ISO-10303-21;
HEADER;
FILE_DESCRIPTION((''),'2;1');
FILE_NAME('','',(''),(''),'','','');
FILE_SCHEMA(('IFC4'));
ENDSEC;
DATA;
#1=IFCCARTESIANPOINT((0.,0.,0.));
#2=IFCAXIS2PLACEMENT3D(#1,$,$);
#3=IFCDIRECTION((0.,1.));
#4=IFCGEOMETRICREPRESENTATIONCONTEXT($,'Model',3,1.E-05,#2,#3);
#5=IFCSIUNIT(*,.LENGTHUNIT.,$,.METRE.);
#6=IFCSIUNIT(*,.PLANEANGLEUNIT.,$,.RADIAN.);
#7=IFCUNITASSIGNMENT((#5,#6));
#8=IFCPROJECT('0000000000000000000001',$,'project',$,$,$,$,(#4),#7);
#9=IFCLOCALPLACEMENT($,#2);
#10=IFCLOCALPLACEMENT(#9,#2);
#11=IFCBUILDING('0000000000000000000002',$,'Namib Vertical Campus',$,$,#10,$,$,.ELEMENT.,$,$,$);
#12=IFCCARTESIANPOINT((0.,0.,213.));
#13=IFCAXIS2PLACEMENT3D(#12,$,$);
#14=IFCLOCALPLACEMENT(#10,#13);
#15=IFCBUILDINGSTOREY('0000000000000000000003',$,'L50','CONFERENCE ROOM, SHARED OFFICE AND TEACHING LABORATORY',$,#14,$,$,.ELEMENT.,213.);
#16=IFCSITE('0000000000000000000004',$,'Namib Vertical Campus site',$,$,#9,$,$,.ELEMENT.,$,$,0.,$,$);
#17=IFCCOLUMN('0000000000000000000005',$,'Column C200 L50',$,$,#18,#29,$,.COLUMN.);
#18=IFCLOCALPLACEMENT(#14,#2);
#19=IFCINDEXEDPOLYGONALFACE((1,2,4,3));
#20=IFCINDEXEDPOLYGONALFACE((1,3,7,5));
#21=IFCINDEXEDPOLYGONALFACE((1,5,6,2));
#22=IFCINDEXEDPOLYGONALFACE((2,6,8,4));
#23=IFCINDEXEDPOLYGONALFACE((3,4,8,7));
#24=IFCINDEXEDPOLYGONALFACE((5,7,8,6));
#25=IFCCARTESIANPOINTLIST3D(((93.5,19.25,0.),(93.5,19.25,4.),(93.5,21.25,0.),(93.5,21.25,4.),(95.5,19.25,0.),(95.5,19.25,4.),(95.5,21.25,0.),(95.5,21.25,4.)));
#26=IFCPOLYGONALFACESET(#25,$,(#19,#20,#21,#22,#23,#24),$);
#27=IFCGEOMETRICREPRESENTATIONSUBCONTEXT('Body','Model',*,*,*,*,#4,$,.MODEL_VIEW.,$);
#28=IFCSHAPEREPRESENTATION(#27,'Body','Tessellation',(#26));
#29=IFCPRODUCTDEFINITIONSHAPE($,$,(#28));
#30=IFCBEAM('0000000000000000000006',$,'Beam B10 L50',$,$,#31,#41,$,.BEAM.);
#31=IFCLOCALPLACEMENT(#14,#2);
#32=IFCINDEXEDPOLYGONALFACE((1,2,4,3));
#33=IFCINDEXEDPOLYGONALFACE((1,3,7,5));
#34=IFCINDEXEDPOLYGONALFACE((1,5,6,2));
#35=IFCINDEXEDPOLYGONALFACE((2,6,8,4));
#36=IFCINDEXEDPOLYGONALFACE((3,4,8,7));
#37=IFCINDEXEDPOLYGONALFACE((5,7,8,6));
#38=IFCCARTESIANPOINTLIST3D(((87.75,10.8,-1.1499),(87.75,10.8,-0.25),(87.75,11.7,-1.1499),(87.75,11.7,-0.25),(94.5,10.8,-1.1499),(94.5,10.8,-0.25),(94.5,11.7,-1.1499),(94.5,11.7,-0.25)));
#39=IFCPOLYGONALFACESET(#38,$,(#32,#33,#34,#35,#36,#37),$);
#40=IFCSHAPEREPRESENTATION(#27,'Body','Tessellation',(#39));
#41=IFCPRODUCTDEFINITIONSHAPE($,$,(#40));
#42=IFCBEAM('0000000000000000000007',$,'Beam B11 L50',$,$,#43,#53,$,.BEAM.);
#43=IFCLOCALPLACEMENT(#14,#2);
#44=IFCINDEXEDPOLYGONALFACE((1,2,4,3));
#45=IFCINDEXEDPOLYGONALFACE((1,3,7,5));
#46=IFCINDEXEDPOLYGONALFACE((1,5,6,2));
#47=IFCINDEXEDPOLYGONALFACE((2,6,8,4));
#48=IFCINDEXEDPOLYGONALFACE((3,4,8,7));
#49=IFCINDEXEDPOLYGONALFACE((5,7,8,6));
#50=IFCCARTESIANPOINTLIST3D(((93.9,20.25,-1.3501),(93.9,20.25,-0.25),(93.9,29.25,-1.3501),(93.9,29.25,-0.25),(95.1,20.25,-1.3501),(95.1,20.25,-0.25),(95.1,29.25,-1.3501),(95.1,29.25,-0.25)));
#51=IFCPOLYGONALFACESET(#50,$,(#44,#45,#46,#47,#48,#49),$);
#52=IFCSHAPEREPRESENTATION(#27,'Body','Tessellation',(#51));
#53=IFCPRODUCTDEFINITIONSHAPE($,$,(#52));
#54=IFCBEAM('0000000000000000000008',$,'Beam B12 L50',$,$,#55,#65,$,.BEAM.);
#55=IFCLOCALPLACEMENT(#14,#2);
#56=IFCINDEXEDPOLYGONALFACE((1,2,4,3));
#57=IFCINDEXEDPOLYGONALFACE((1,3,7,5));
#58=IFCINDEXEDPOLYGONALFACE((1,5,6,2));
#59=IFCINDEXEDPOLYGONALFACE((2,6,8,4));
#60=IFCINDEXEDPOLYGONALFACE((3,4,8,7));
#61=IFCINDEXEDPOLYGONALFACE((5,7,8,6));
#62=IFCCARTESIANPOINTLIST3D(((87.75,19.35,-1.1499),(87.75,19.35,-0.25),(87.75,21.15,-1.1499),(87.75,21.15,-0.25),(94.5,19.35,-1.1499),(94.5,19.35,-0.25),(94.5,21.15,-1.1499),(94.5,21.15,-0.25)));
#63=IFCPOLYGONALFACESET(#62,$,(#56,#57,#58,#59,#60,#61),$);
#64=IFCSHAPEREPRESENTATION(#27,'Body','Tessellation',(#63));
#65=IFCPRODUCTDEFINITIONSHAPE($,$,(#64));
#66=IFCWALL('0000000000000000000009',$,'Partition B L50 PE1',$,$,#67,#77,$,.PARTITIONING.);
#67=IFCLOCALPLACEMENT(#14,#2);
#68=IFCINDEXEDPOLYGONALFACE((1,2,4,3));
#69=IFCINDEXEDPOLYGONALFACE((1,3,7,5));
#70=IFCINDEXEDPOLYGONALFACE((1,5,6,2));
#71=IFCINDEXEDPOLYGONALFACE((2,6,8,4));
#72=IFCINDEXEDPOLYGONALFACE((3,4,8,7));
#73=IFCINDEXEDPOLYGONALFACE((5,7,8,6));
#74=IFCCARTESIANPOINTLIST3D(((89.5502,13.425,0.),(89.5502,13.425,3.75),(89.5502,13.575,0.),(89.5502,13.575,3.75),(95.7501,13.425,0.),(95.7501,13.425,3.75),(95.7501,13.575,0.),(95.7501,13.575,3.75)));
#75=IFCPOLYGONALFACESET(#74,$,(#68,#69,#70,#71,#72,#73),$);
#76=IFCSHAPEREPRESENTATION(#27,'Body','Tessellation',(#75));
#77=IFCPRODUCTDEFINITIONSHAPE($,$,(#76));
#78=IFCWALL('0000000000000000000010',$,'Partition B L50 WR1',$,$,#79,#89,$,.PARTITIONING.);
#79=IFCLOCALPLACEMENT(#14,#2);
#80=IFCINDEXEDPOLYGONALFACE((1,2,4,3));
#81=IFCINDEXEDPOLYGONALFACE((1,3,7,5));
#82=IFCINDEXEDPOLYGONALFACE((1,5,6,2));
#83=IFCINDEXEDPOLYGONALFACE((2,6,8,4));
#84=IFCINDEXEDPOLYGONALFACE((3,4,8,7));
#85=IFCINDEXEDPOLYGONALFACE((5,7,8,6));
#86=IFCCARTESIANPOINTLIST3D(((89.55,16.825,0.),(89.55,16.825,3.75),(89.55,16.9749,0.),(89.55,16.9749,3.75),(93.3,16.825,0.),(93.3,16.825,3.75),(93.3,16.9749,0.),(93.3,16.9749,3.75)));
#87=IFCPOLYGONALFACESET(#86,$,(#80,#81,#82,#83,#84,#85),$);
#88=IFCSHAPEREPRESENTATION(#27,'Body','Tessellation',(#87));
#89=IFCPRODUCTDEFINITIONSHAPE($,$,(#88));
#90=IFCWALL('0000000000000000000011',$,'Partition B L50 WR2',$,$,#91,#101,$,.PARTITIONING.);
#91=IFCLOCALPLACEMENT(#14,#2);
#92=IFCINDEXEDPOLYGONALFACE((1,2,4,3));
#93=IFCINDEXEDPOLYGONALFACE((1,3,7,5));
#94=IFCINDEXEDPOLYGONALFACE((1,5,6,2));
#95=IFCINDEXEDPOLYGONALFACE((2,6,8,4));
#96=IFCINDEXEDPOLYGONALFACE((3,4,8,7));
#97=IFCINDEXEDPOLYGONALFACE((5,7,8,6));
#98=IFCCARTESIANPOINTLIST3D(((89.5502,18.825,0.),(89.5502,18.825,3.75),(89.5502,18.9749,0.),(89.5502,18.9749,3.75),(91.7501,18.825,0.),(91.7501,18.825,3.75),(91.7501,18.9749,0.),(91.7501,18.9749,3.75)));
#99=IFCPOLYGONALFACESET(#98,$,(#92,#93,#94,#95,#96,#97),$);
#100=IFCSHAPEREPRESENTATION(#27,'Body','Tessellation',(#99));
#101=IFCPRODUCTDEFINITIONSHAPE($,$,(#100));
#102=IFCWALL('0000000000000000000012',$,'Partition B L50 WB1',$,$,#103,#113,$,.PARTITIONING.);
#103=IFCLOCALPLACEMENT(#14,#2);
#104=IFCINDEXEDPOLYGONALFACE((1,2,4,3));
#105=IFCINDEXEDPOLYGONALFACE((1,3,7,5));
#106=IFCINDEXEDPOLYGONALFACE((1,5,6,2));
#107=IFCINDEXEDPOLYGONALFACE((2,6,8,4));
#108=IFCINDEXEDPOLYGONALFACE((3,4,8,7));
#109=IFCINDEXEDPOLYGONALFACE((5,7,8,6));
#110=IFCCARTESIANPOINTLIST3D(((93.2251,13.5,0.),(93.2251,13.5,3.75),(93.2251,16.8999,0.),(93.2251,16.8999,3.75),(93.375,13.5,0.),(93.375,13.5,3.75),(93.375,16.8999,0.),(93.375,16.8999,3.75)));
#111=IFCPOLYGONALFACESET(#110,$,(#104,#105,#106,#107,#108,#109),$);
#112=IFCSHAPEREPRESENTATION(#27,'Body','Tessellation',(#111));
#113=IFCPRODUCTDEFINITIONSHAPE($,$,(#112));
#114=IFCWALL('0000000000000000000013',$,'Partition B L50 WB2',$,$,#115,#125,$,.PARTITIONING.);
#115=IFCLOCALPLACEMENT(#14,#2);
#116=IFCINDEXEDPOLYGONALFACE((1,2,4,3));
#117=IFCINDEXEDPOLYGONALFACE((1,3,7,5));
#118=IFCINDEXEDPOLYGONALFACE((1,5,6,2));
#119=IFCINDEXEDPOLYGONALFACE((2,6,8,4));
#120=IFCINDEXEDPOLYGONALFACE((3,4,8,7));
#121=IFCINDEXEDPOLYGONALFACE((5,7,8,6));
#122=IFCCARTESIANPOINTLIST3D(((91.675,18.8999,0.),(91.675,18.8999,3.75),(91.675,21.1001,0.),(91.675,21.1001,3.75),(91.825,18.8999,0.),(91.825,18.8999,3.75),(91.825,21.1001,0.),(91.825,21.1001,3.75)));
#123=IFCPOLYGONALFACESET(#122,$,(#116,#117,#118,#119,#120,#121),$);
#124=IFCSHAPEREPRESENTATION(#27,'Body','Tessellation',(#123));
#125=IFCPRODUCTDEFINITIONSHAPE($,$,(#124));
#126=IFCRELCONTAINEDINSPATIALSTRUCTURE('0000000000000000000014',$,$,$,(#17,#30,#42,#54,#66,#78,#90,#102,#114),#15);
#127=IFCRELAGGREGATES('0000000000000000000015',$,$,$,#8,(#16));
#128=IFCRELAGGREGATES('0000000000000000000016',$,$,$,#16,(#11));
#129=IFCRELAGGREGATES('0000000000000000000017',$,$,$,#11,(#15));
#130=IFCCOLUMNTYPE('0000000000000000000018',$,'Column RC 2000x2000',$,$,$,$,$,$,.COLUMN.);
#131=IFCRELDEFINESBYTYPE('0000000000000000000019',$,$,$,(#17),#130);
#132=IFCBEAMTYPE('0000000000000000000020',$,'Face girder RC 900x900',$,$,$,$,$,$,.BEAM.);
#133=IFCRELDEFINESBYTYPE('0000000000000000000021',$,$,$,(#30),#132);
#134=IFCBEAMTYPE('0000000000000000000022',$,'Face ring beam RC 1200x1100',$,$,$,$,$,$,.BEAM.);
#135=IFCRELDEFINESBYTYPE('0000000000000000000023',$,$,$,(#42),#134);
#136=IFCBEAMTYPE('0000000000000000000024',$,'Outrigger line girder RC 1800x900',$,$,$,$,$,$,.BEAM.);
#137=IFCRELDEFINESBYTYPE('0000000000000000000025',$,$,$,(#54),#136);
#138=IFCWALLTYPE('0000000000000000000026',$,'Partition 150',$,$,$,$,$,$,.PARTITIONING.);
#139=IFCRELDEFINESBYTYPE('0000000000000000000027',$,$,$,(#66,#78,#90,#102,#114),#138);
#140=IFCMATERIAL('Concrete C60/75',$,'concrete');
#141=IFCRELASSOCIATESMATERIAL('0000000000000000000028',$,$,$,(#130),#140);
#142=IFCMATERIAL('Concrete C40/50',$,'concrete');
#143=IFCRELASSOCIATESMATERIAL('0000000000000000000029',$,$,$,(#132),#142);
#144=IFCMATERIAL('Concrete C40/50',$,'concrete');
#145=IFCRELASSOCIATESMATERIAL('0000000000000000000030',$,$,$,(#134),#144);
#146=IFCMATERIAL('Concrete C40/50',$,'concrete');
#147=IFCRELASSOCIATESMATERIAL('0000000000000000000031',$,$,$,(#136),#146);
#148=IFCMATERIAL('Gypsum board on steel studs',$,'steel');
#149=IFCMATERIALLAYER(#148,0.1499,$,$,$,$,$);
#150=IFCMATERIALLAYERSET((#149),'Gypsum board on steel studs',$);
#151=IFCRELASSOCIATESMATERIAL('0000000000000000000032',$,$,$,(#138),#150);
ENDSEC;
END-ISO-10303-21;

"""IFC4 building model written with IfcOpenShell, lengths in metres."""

from ifc_helpers import new_model, si_unit, direction, frame, frame_2d, origin, origin_2d, place, context, subcontext, project, spatial, rectangle, extrude, material, layer, layer_set, material_profile, profile_set, type_object, element, save


model = new_model("IFC4")

# Units and contexts
model_context = context("Model", 3, precision=1e-05, world=origin(), true_north=direction((0.0, 1.0)))
body_context = subcontext(model_context, "Body", "Model", "MODEL_VIEW")
ifc_project = project(units=[si_unit("LENGTHUNIT", "METRE"), si_unit("PLANEANGLEUNIT", "RADIAN")], contexts=[model_context])

# Site, building, storey
site_placement = place(None, origin())
site = spatial("IfcSite", under=ifc_project, at=site_placement, Name="Namib Vertical Campus site", CompositionType="ELEMENT", RefElevation=0.0)
building_placement = place(site_placement, origin())
building = spatial("IfcBuilding", under=site, at=building_placement, Name="Namib Vertical Campus", CompositionType="ELEMENT")
storey_placement = place(building_placement, frame((0.0, 0.0, 213.0)))
storey = spatial("IfcBuildingStorey", under=building, at=storey_placement, Name="L50", Description="CONFERENCE ROOM, SHARED OFFICE AND TEACHING LABORATORY", CompositionType="ELEMENT", Elevation=213.0)

# Column
ifc_material_1 = material(Name="Concrete C60/75", Category="concrete")
ifc_material_profile_1 = material_profile(ifc_material_1, rectangle(XDim=2.0, YDim=2.0, at=origin_2d()))
ifc_profile_set_1 = profile_set([ifc_material_profile_1], Name="Concrete C60/75")
column_type = type_object("IfcColumnType", Name="Column RC 2000x2000", PredefinedType="COLUMN", material=ifc_profile_set_1)
column_placement = place(storey_placement, frame((94.5, 20.25, 0.0), z_axis=(0.0, 0.0, 1.0), x_axis=(1.0, 0.0, 0.0)))
element("IfcColumn", 1, at=column_placement, inside=storey, type_object=column_type, Name="Column C200 L50", PredefinedType="COLUMN", context=body_context, shape_type="SweptSolid", body=[
    extrude(rectangle(XDim=2.0, YDim=2.0, at=origin_2d()), origin(), (0.0, 0.0, 1.0), 4.0),
])

# Beams
ifc_material_2 = material(Name="Concrete C40/50", Category="concrete")
ifc_material_profile_2 = material_profile(ifc_material_2, rectangle(XDim=0.8999, YDim=0.8999, at=origin_2d()))
ifc_profile_set_2 = profile_set([ifc_material_profile_2], Name="Concrete C40/50")
beam_type_1 = type_object("IfcBeamType", Name="Face girder RC 900x900", PredefinedType="BEAM", material=ifc_profile_set_2)
beam_1_placement = place(storey_placement, frame((94.5, 11.25, -0.7), z_axis=(-1.0, 0.0, 0.0), x_axis=(0.0, -1.0, 0.0)))
element("IfcBeam", 2, at=beam_1_placement, inside=storey, type_object=beam_type_1, Name="Beam B10 L50", PredefinedType="BEAM", context=body_context, shape_type="SweptSolid", body=[
    extrude(rectangle(XDim=0.8999, YDim=0.8999, at=origin_2d()), origin(), (0.0, 0.0, 1.0), 6.75),
])
ifc_material_3 = material(Name="Concrete C40/50", Category="concrete")
ifc_material_profile_3 = material_profile(ifc_material_3, rectangle(XDim=1.2, YDim=1.1001, at=origin_2d()))
ifc_profile_set_3 = profile_set([ifc_material_profile_3], Name="Concrete C40/50")
beam_type_2 = type_object("IfcBeamType", Name="Face ring beam RC 1200x1100", PredefinedType="BEAM", material=ifc_profile_set_3)
beam_2_placement = place(storey_placement, frame((94.5, 20.25, -0.8), z_axis=(0.0, 1.0, 0.0), x_axis=(-1.0, 0.0, 0.0)))
element("IfcBeam", 3, at=beam_2_placement, inside=storey, type_object=beam_type_2, Name="Beam B11 L50", PredefinedType="BEAM", context=body_context, shape_type="SweptSolid", body=[
    extrude(rectangle(XDim=1.2, YDim=1.1001, at=origin_2d()), origin(), (0.0, 0.0, 1.0), 9.0),
])
ifc_material_4 = material(Name="Concrete C40/50", Category="concrete")
ifc_material_profile_4 = material_profile(ifc_material_4, rectangle(XDim=1.8, YDim=0.8999, at=origin_2d()))
ifc_profile_set_4 = profile_set([ifc_material_profile_4], Name="Concrete C40/50")
beam_type_3 = type_object("IfcBeamType", Name="Outrigger line girder RC 1800x900", PredefinedType="BEAM", material=ifc_profile_set_4)
beam_3_placement = place(storey_placement, frame((94.5, 20.25, -0.7), z_axis=(-1.0, 0.0, 0.0), x_axis=(0.0, -1.0, 0.0)))
element("IfcBeam", 4, at=beam_3_placement, inside=storey, type_object=beam_type_3, Name="Beam B12 L50", PredefinedType="BEAM", context=body_context, shape_type="SweptSolid", body=[
    extrude(rectangle(XDim=1.8, YDim=0.8999, at=origin_2d()), origin(), (0.0, 0.0, 1.0), 6.75),
])

# Walls
ifc_material_5 = material(Name="Gypsum board on steel studs", Category="steel")
ifc_layer = layer(ifc_material_5, 0.1499)
ifc_layer_set = layer_set([ifc_layer], Name="Gypsum board on steel studs")
wall_type = type_object("IfcWallType", Name="Partition 150", PredefinedType="PARTITIONING", material=ifc_layer_set)
wall_1_placement = place(storey_placement, frame((89.55, 13.5, 0.0), z_axis=(0.0, 0.0, 1.0), x_axis=(1.0, 0.0, 0.0)))
element("IfcWall", 5, at=wall_1_placement, inside=storey, type_object=wall_type, Name="Partition B L50 PE1", PredefinedType="PARTITIONING", context=body_context, shape_type="SweptSolid", body=[
    extrude(rectangle(XDim=6.2, YDim=0.1499, at=frame_2d((3.1001, 0.0))), origin(), (0.0, 0.0, 1.0), 3.75),
])
wall_2_placement = place(storey_placement, frame((89.55, 16.8999, 0.0), z_axis=(0.0, 0.0, 1.0), x_axis=(1.0, 0.0, 0.0)))
element("IfcWall", 6, at=wall_2_placement, inside=storey, type_object=wall_type, Name="Partition B L50 WR1", PredefinedType="PARTITIONING", context=body_context, shape_type="SweptSolid", body=[
    extrude(rectangle(XDim=3.75, YDim=0.1499, at=frame_2d((1.875, 0.0))), origin(), (0.0, 0.0, 1.0), 3.75),
])
wall_3_placement = place(storey_placement, frame((89.55, 18.8999, 0.0), z_axis=(0.0, 0.0, 1.0), x_axis=(1.0, 0.0, 0.0)))
element("IfcWall", 7, at=wall_3_placement, inside=storey, type_object=wall_type, Name="Partition B L50 WR2", PredefinedType="PARTITIONING", context=body_context, shape_type="SweptSolid", body=[
    extrude(rectangle(XDim=2.2, YDim=0.1499, at=frame_2d((1.1001, 0.0))), origin(), (0.0, 0.0, 1.0), 3.75),
])
wall_4_placement = place(storey_placement, frame((93.3, 13.5, 0.0), z_axis=(0.0, 0.0, 1.0), x_axis=(0.0, 1.0, 0.0)))
element("IfcWall", 8, at=wall_4_placement, inside=storey, type_object=wall_type, Name="Partition B L50 WB1", PredefinedType="PARTITIONING", context=body_context, shape_type="SweptSolid", body=[
    extrude(rectangle(XDim=3.3999, YDim=0.1499, at=frame_2d((1.7, 0.0))), origin(), (0.0, 0.0, 1.0), 3.75),
])
wall_5_placement = place(storey_placement, frame((91.75, 18.8999, 0.0), z_axis=(0.0, 0.0, 1.0), x_axis=(0.0, 1.0, 0.0)))
element("IfcWall", 9, at=wall_5_placement, inside=storey, type_object=wall_type, Name="Partition B L50 WB2", PredefinedType="PARTITIONING", context=body_context, shape_type="SweptSolid", body=[
    extrude(rectangle(XDim=2.2002, YDim=0.1499, at=frame_2d((1.1001, 0.0))), origin(), (0.0, 0.0, 1.0), 3.75),
])

save(model, "model.ifc")
